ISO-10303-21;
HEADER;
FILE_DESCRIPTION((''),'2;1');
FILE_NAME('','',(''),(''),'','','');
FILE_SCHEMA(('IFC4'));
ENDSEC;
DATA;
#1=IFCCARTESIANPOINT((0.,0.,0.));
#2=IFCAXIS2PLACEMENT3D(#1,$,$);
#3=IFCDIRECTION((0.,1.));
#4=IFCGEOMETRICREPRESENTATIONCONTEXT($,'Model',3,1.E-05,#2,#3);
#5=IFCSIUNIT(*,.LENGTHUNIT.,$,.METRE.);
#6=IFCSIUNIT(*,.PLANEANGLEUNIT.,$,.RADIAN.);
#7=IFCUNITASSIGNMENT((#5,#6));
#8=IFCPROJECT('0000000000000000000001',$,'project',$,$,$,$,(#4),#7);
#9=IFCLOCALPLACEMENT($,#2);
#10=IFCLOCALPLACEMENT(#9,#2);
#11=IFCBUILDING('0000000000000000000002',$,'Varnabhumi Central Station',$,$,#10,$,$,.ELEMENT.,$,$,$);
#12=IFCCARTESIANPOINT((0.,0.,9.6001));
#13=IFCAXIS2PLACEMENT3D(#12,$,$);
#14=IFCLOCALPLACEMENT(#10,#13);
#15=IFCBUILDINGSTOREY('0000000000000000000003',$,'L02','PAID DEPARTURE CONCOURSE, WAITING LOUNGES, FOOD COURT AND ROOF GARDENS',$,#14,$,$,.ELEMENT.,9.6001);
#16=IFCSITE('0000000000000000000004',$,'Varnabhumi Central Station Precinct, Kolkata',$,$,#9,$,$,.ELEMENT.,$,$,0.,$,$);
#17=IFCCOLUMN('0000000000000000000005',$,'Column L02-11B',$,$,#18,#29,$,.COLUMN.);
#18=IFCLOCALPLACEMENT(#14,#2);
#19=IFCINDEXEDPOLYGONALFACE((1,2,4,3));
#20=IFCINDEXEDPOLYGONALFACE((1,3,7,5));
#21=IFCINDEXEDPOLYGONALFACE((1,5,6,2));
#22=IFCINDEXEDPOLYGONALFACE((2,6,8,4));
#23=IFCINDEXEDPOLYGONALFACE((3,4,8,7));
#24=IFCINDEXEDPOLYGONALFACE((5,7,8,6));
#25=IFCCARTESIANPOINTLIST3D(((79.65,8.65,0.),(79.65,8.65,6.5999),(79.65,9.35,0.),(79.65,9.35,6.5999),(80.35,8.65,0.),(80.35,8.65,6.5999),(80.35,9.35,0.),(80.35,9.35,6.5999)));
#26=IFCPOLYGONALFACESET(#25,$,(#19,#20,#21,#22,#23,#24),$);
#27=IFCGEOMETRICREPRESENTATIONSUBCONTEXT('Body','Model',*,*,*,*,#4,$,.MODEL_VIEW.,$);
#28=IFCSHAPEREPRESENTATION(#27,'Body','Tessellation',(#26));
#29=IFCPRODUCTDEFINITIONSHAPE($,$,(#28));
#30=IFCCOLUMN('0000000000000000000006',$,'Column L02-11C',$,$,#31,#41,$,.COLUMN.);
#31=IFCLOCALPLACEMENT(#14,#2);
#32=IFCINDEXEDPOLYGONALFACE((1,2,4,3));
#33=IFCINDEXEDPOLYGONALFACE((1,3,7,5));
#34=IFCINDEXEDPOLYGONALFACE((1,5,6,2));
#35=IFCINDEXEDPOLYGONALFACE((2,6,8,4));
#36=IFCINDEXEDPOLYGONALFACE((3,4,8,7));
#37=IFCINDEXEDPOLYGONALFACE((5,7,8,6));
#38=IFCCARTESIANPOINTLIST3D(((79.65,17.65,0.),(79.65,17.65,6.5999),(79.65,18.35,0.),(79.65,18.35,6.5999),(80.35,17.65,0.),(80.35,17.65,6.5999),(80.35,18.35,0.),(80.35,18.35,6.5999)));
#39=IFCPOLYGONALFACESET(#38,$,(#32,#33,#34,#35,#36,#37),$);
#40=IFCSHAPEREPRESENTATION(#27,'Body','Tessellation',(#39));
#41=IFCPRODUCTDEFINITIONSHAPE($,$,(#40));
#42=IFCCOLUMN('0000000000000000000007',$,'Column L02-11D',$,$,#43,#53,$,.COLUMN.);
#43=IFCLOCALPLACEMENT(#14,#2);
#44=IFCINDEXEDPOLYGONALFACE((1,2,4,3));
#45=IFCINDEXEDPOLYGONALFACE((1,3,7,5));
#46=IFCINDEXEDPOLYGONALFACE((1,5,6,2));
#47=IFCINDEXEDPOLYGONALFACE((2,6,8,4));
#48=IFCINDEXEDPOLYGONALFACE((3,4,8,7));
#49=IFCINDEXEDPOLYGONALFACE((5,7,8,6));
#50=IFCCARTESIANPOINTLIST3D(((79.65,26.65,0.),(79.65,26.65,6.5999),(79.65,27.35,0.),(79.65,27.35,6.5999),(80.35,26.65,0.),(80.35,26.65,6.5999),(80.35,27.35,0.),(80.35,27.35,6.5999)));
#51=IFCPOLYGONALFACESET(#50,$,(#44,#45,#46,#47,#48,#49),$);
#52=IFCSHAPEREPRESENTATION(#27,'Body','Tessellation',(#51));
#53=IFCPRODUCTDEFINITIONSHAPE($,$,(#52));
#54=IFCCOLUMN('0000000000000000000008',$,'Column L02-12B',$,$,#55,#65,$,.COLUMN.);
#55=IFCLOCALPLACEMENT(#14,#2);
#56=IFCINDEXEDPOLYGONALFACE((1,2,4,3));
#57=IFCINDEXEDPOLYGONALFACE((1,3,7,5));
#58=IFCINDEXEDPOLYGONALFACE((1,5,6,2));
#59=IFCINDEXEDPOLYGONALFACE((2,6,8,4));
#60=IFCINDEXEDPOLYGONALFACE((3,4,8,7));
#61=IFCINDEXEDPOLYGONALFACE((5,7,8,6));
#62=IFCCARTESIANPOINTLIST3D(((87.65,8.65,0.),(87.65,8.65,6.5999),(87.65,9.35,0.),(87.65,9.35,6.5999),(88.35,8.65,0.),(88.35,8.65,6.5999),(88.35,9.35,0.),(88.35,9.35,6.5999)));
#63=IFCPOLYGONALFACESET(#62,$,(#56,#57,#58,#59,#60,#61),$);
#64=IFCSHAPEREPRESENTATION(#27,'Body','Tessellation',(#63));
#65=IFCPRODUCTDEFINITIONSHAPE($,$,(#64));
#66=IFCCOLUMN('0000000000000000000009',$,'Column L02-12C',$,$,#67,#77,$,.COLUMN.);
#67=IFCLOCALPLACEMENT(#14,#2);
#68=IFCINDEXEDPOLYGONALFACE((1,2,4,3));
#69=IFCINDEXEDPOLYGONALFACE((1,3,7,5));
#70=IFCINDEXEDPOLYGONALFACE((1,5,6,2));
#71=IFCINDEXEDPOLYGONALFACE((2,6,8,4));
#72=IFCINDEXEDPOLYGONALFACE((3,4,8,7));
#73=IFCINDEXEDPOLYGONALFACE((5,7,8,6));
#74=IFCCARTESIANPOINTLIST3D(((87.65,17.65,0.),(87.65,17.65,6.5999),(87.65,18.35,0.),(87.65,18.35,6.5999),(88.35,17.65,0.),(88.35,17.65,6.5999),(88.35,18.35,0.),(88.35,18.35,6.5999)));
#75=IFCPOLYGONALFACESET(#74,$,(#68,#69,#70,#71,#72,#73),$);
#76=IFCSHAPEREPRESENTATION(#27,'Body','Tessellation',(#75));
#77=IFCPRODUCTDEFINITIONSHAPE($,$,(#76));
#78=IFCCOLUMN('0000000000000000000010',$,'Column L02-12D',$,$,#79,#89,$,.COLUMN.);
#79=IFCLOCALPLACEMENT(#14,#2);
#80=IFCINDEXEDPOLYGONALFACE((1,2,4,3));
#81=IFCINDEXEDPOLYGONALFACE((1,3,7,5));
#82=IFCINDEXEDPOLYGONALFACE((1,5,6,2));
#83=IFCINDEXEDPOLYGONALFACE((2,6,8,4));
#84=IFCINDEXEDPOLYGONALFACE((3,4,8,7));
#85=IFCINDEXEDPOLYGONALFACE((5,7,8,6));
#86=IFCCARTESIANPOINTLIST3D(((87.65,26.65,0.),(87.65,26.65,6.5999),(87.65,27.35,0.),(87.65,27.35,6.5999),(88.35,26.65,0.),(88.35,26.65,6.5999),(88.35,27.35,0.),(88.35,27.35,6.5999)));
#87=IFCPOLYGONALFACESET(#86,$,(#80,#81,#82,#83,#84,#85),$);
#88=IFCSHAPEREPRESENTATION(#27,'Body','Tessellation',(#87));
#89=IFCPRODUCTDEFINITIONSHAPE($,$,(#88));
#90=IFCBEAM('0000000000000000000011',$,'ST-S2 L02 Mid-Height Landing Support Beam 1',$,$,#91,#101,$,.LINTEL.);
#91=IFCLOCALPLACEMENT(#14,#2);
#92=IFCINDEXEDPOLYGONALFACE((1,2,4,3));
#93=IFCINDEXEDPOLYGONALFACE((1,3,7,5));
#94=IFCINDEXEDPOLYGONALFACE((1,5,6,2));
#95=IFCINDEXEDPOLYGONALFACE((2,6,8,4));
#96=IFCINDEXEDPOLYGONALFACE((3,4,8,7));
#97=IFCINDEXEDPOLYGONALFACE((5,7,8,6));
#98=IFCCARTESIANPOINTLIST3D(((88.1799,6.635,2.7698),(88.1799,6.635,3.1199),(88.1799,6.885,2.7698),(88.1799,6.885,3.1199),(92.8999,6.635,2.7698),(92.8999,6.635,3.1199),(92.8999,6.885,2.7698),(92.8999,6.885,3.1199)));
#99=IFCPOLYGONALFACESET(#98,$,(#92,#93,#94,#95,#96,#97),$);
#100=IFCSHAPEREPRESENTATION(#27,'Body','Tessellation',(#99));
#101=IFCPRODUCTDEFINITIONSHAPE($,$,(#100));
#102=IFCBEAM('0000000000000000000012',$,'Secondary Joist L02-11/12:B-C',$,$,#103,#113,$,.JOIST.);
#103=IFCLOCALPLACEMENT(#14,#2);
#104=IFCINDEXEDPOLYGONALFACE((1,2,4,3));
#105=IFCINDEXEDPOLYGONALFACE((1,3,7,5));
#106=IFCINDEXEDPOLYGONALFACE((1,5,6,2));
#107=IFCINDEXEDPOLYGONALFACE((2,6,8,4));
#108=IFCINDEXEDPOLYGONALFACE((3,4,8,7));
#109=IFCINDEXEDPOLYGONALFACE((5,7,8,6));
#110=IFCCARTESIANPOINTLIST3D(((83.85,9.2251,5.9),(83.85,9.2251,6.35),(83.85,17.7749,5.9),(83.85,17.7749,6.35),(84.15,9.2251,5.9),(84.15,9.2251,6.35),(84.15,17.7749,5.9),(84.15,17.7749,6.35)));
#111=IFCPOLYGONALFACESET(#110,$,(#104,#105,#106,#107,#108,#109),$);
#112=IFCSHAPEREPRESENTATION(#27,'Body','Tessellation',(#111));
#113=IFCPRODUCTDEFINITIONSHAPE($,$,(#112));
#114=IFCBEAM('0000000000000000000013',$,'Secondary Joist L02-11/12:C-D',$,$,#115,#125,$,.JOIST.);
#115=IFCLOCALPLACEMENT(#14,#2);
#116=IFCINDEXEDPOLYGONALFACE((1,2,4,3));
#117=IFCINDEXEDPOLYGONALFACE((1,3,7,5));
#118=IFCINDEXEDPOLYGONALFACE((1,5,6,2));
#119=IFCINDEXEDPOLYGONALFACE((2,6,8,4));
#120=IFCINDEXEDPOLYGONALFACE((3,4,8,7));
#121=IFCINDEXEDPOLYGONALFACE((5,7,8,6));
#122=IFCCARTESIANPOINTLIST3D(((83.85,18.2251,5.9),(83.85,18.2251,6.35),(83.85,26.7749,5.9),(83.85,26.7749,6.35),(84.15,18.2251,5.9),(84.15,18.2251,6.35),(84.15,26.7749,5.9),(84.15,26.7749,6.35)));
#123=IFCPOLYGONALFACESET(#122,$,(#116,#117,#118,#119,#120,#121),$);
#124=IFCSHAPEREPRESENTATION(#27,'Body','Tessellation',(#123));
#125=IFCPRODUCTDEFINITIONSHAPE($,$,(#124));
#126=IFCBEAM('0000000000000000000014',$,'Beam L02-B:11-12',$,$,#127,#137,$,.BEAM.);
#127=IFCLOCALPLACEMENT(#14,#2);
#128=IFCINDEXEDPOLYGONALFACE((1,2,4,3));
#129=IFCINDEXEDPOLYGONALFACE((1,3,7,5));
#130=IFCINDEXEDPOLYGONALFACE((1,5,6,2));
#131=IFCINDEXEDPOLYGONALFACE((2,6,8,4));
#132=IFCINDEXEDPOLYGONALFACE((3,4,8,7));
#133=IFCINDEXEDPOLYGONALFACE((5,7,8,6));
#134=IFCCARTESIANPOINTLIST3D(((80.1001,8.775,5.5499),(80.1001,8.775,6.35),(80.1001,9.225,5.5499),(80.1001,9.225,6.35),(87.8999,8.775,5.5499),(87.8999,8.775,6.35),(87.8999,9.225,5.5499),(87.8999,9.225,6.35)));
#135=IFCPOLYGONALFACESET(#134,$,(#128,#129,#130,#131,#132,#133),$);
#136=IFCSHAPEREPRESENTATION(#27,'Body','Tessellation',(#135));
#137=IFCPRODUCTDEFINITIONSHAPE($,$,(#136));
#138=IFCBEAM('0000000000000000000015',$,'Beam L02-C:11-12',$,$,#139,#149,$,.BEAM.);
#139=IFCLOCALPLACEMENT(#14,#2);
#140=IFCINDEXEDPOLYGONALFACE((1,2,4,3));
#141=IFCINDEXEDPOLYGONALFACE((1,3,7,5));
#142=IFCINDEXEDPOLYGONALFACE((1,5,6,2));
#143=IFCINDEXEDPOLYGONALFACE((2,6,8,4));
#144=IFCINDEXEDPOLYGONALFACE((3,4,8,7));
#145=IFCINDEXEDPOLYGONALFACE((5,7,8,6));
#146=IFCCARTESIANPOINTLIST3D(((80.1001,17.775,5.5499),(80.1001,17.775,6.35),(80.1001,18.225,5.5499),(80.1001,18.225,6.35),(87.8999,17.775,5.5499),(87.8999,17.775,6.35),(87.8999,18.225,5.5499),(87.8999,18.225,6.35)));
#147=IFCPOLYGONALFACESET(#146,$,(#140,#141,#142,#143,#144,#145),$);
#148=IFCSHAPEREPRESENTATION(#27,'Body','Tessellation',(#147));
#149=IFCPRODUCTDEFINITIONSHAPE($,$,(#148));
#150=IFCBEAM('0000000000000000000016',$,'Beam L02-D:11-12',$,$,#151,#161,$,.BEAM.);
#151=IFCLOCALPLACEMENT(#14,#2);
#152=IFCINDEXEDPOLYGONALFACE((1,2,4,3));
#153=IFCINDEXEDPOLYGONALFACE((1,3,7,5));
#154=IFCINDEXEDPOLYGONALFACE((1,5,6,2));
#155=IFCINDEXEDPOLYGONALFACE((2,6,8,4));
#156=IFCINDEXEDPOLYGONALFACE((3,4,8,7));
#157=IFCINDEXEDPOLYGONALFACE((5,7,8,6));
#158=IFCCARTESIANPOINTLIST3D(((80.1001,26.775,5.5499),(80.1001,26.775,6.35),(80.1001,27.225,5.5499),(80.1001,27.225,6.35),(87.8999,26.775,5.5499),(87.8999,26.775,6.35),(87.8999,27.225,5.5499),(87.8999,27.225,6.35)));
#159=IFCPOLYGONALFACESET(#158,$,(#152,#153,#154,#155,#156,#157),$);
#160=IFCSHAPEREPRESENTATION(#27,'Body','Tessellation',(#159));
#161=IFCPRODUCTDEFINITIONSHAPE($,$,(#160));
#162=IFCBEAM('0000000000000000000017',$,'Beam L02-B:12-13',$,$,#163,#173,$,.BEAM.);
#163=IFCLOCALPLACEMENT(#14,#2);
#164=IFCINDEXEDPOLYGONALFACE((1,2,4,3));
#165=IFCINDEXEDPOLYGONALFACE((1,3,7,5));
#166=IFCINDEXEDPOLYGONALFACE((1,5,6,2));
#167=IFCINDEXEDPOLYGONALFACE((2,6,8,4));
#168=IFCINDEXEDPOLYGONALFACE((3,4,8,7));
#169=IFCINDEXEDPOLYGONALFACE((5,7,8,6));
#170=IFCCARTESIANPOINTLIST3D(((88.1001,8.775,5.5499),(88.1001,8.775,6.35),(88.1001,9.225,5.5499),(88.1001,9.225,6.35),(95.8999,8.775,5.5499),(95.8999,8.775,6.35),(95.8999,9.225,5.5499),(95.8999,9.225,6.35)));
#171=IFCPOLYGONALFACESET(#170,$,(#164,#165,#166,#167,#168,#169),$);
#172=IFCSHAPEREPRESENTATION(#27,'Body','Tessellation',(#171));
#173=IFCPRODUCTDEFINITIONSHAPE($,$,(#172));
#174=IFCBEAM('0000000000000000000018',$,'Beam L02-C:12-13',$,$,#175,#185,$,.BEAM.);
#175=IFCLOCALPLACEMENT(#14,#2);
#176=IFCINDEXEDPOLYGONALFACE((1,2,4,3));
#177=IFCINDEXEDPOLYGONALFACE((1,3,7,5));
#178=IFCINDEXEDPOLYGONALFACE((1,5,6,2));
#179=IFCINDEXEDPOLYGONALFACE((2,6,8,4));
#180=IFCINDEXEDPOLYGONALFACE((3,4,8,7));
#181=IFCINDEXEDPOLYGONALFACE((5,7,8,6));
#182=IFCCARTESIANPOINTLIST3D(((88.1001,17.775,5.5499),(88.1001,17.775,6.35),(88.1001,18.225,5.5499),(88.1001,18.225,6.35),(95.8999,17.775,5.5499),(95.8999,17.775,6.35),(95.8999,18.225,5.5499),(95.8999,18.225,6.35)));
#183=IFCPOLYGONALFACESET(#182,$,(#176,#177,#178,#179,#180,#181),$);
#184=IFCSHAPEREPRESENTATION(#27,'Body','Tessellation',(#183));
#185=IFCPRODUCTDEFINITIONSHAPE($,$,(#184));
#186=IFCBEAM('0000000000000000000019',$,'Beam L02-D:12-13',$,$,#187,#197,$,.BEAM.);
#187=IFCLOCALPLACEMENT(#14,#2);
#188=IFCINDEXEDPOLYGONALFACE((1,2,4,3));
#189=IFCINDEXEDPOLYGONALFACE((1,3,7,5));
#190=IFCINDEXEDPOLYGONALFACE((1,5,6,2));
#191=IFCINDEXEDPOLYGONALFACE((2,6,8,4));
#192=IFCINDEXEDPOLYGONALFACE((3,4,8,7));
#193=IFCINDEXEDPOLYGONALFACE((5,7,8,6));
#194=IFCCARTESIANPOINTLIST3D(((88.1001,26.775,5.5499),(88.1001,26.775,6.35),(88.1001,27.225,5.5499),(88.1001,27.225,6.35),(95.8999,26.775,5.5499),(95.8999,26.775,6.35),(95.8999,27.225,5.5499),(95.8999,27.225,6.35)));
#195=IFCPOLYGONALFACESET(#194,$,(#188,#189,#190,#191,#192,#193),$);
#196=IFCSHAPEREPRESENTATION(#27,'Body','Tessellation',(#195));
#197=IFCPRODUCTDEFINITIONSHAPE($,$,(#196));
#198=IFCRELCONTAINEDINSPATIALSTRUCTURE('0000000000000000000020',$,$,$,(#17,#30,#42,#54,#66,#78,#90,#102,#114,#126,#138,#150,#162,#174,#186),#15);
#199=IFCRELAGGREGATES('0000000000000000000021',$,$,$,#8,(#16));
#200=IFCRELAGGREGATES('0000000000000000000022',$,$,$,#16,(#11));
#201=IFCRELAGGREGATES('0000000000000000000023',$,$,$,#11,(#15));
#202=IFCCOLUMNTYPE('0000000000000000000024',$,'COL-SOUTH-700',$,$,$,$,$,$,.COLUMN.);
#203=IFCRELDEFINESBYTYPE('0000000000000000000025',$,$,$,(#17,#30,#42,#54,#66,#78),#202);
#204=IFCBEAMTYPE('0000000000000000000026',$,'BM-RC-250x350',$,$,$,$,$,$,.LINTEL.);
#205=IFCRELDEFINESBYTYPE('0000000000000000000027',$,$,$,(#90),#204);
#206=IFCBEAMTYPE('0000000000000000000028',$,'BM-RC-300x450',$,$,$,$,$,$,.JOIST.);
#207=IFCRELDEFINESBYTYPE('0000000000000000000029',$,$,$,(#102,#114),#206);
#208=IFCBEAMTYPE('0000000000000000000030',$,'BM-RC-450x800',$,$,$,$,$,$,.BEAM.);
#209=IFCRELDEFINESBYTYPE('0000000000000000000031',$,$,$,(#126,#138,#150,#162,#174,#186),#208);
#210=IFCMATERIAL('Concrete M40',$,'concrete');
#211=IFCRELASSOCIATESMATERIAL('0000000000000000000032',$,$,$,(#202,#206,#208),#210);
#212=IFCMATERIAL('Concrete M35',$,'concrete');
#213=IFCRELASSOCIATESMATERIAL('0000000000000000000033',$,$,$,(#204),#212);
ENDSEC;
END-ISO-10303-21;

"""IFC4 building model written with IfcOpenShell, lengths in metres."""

from ifc_helpers import new_model, si_unit, direction, frame, origin, origin_2d, place, context, subcontext, project, spatial, rectangle, extrude, material, material_profile, profile_set, type_object, element, save


model = new_model("IFC4")

# Units and contexts
model_context = context("Model", 3, precision=1e-05, world=origin(), true_north=direction((0.0, 1.0)))
body_context = subcontext(model_context, "Body", "Model", "MODEL_VIEW")
ifc_project = project(units=[si_unit("LENGTHUNIT", "METRE"), si_unit("PLANEANGLEUNIT", "RADIAN")], contexts=[model_context])

# Site, building, storey
site_placement = place(None, origin())
site = spatial("IfcSite", under=ifc_project, at=site_placement, Name="Varnabhumi Central Station Precinct, Kolkata", CompositionType="ELEMENT", RefElevation=0.0)
building_placement = place(site_placement, origin())
building = spatial("IfcBuilding", under=site, at=building_placement, Name="Varnabhumi Central Station", CompositionType="ELEMENT")
storey_placement = place(building_placement, frame((0.0, 0.0, 9.6001)))
storey = spatial("IfcBuildingStorey", under=building, at=storey_placement, Name="L02", Description="PAID DEPARTURE CONCOURSE, WAITING LOUNGES, FOOD COURT AND ROOF GARDENS", CompositionType="ELEMENT", Elevation=9.6001)

# Columns
ifc_material_1 = material(Name="Concrete M40", Category="concrete")
ifc_material_profile_1 = material_profile(ifc_material_1, rectangle(XDim=0.7, YDim=0.7, at=origin_2d()), Name="Concrete M40", Category="concrete")
ifc_profile_set_1 = profile_set([ifc_material_profile_1], Name="Concrete M40")
column_type = type_object("IfcColumnType", Name="COL-SOUTH-700", PredefinedType="COLUMN", material=ifc_profile_set_1)
for number, where, z_axis, x_axis, name in (
    (1, (80.0, 9.0, 0.0), (0.0, 0.0, 1.0), (1.0, 0.0, 0.0), "Column L02-11B"),
    (2, (80.0, 18.0, 0.0), (0.0, 0.0, 1.0), (1.0, 0.0, 0.0), "Column L02-11C"),
    (3, (80.0, 27.0, 0.0), (0.0, 0.0, 1.0), (1.0, 0.0, 0.0), "Column L02-11D"),
    (4, (88.0, 9.0, 0.0), (0.0, 0.0, 1.0), (1.0, 0.0, 0.0), "Column L02-12B"),
    (5, (88.0, 18.0, 0.0), (0.0, 0.0, 1.0), (1.0, 0.0, 0.0), "Column L02-12C"),
    (6, (88.0, 27.0, 0.0), (0.0, 0.0, 1.0), (1.0, 0.0, 0.0), "Column L02-12D"),
):
    element("IfcColumn", number, at=place(storey_placement, frame(where, z_axis=z_axis, x_axis=x_axis)), inside=storey, type_object=column_type, Name=name, PredefinedType="COLUMN", context=body_context, shape_type="SweptSolid", body=[
        extrude(rectangle(XDim=0.7, YDim=0.7, at=origin_2d()), origin(), (0.0, 0.0, 1.0), 6.5999),
    ])

# Beams
ifc_material_2 = material(Name="Concrete M35", Category="concrete")
ifc_material_profile_2 = material_profile(ifc_material_2, rectangle(XDim=0.25, YDim=0.3501, at=origin_2d()), Name="Concrete M35", Category="concrete")
ifc_profile_set_2 = profile_set([ifc_material_profile_2], Name="Concrete M35")
beam_type_1 = type_object("IfcBeamType", Name="BM-RC-250x350", PredefinedType="LINTEL", material=ifc_profile_set_2)
beam_placement = place(storey_placement, frame((88.1799, 6.76, 2.9448), z_axis=(1.0, 0.0, 0.0), x_axis=(0.0, 1.0, 0.0)))
element("IfcBeam", 7, at=beam_placement, inside=storey, type_object=beam_type_1, Name="ST-S2 L02 Mid-Height Landing Support Beam 1", PredefinedType="LINTEL", context=body_context, shape_type="SweptSolid", body=[
    extrude(rectangle(XDim=0.25, YDim=0.3501, at=origin_2d()), origin(), (0.0, 0.0, 1.0), 4.72),
])
ifc_material_profile_3 = material_profile(ifc_material_1, rectangle(XDim=0.3, YDim=0.45, at=origin_2d()), Name="Concrete M40", Category="concrete")
ifc_profile_set_3 = profile_set([ifc_material_profile_3], Name="Concrete M40")
beam_type_2 = type_object("IfcBeamType", Name="BM-RC-300x450", PredefinedType="JOIST", material=ifc_profile_set_3)
for number, where, z_axis, x_axis, name in (
    (8, (84.0, 9.2251, 6.125), (0.0, 1.0, 0.0), (-1.0, 0.0, 0.0), "Secondary Joist L02-11/12:B-C"),
    (9, (84.0, 18.2251, 6.125), (0.0, 1.0, 0.0), (-1.0, 0.0, 0.0), "Secondary Joist L02-11/12:C-D"),
):
    element("IfcBeam", number, at=place(storey_placement, frame(where, z_axis=z_axis, x_axis=x_axis)), inside=storey, type_object=beam_type_2, Name=name, PredefinedType="JOIST", context=body_context, shape_type="SweptSolid", body=[
        extrude(rectangle(XDim=0.3, YDim=0.45, at=origin_2d()), origin(), (0.0, 0.0, 1.0), 8.5498),
    ])
ifc_material_profile_4 = material_profile(ifc_material_1, rectangle(XDim=0.45, YDim=0.8, at=origin_2d()), Name="Concrete M40", Category="concrete")
ifc_profile_set_4 = profile_set([ifc_material_profile_4], Name="Concrete M40")
beam_type_3 = type_object("IfcBeamType", Name="BM-RC-450x800", PredefinedType="BEAM", material=ifc_profile_set_4)
for number, where, z_axis, x_axis, name in (
    (10, (80.1001, 9.0, 5.95), (1.0, 0.0, 0.0), (0.0, 1.0, 0.0), "Beam L02-B:11-12"),
    (11, (80.1001, 18.0, 5.95), (1.0, 0.0, 0.0), (0.0, 1.0, 0.0), "Beam L02-C:11-12"),
    (12, (80.1001, 27.0, 5.95), (1.0, 0.0, 0.0), (0.0, 1.0, 0.0), "Beam L02-D:11-12"),
    (13, (88.1001, 9.0, 5.95), (1.0, 0.0, 0.0), (0.0, 1.0, 0.0), "Beam L02-B:12-13"),
    (14, (88.1001, 18.0, 5.95), (1.0, 0.0, 0.0), (0.0, 1.0, 0.0), "Beam L02-C:12-13"),
    (15, (88.1001, 27.0, 5.95), (1.0, 0.0, 0.0), (0.0, 1.0, 0.0), "Beam L02-D:12-13"),
):
    element("IfcBeam", number, at=place(storey_placement, frame(where, z_axis=z_axis, x_axis=x_axis)), inside=storey, type_object=beam_type_3, Name=name, PredefinedType="BEAM", context=body_context, shape_type="SweptSolid", body=[
        extrude(rectangle(XDim=0.45, YDim=0.8, at=origin_2d()), origin(), (0.0, 0.0, 1.0), 7.7998),
    ])

save(model, "model.ifc")
